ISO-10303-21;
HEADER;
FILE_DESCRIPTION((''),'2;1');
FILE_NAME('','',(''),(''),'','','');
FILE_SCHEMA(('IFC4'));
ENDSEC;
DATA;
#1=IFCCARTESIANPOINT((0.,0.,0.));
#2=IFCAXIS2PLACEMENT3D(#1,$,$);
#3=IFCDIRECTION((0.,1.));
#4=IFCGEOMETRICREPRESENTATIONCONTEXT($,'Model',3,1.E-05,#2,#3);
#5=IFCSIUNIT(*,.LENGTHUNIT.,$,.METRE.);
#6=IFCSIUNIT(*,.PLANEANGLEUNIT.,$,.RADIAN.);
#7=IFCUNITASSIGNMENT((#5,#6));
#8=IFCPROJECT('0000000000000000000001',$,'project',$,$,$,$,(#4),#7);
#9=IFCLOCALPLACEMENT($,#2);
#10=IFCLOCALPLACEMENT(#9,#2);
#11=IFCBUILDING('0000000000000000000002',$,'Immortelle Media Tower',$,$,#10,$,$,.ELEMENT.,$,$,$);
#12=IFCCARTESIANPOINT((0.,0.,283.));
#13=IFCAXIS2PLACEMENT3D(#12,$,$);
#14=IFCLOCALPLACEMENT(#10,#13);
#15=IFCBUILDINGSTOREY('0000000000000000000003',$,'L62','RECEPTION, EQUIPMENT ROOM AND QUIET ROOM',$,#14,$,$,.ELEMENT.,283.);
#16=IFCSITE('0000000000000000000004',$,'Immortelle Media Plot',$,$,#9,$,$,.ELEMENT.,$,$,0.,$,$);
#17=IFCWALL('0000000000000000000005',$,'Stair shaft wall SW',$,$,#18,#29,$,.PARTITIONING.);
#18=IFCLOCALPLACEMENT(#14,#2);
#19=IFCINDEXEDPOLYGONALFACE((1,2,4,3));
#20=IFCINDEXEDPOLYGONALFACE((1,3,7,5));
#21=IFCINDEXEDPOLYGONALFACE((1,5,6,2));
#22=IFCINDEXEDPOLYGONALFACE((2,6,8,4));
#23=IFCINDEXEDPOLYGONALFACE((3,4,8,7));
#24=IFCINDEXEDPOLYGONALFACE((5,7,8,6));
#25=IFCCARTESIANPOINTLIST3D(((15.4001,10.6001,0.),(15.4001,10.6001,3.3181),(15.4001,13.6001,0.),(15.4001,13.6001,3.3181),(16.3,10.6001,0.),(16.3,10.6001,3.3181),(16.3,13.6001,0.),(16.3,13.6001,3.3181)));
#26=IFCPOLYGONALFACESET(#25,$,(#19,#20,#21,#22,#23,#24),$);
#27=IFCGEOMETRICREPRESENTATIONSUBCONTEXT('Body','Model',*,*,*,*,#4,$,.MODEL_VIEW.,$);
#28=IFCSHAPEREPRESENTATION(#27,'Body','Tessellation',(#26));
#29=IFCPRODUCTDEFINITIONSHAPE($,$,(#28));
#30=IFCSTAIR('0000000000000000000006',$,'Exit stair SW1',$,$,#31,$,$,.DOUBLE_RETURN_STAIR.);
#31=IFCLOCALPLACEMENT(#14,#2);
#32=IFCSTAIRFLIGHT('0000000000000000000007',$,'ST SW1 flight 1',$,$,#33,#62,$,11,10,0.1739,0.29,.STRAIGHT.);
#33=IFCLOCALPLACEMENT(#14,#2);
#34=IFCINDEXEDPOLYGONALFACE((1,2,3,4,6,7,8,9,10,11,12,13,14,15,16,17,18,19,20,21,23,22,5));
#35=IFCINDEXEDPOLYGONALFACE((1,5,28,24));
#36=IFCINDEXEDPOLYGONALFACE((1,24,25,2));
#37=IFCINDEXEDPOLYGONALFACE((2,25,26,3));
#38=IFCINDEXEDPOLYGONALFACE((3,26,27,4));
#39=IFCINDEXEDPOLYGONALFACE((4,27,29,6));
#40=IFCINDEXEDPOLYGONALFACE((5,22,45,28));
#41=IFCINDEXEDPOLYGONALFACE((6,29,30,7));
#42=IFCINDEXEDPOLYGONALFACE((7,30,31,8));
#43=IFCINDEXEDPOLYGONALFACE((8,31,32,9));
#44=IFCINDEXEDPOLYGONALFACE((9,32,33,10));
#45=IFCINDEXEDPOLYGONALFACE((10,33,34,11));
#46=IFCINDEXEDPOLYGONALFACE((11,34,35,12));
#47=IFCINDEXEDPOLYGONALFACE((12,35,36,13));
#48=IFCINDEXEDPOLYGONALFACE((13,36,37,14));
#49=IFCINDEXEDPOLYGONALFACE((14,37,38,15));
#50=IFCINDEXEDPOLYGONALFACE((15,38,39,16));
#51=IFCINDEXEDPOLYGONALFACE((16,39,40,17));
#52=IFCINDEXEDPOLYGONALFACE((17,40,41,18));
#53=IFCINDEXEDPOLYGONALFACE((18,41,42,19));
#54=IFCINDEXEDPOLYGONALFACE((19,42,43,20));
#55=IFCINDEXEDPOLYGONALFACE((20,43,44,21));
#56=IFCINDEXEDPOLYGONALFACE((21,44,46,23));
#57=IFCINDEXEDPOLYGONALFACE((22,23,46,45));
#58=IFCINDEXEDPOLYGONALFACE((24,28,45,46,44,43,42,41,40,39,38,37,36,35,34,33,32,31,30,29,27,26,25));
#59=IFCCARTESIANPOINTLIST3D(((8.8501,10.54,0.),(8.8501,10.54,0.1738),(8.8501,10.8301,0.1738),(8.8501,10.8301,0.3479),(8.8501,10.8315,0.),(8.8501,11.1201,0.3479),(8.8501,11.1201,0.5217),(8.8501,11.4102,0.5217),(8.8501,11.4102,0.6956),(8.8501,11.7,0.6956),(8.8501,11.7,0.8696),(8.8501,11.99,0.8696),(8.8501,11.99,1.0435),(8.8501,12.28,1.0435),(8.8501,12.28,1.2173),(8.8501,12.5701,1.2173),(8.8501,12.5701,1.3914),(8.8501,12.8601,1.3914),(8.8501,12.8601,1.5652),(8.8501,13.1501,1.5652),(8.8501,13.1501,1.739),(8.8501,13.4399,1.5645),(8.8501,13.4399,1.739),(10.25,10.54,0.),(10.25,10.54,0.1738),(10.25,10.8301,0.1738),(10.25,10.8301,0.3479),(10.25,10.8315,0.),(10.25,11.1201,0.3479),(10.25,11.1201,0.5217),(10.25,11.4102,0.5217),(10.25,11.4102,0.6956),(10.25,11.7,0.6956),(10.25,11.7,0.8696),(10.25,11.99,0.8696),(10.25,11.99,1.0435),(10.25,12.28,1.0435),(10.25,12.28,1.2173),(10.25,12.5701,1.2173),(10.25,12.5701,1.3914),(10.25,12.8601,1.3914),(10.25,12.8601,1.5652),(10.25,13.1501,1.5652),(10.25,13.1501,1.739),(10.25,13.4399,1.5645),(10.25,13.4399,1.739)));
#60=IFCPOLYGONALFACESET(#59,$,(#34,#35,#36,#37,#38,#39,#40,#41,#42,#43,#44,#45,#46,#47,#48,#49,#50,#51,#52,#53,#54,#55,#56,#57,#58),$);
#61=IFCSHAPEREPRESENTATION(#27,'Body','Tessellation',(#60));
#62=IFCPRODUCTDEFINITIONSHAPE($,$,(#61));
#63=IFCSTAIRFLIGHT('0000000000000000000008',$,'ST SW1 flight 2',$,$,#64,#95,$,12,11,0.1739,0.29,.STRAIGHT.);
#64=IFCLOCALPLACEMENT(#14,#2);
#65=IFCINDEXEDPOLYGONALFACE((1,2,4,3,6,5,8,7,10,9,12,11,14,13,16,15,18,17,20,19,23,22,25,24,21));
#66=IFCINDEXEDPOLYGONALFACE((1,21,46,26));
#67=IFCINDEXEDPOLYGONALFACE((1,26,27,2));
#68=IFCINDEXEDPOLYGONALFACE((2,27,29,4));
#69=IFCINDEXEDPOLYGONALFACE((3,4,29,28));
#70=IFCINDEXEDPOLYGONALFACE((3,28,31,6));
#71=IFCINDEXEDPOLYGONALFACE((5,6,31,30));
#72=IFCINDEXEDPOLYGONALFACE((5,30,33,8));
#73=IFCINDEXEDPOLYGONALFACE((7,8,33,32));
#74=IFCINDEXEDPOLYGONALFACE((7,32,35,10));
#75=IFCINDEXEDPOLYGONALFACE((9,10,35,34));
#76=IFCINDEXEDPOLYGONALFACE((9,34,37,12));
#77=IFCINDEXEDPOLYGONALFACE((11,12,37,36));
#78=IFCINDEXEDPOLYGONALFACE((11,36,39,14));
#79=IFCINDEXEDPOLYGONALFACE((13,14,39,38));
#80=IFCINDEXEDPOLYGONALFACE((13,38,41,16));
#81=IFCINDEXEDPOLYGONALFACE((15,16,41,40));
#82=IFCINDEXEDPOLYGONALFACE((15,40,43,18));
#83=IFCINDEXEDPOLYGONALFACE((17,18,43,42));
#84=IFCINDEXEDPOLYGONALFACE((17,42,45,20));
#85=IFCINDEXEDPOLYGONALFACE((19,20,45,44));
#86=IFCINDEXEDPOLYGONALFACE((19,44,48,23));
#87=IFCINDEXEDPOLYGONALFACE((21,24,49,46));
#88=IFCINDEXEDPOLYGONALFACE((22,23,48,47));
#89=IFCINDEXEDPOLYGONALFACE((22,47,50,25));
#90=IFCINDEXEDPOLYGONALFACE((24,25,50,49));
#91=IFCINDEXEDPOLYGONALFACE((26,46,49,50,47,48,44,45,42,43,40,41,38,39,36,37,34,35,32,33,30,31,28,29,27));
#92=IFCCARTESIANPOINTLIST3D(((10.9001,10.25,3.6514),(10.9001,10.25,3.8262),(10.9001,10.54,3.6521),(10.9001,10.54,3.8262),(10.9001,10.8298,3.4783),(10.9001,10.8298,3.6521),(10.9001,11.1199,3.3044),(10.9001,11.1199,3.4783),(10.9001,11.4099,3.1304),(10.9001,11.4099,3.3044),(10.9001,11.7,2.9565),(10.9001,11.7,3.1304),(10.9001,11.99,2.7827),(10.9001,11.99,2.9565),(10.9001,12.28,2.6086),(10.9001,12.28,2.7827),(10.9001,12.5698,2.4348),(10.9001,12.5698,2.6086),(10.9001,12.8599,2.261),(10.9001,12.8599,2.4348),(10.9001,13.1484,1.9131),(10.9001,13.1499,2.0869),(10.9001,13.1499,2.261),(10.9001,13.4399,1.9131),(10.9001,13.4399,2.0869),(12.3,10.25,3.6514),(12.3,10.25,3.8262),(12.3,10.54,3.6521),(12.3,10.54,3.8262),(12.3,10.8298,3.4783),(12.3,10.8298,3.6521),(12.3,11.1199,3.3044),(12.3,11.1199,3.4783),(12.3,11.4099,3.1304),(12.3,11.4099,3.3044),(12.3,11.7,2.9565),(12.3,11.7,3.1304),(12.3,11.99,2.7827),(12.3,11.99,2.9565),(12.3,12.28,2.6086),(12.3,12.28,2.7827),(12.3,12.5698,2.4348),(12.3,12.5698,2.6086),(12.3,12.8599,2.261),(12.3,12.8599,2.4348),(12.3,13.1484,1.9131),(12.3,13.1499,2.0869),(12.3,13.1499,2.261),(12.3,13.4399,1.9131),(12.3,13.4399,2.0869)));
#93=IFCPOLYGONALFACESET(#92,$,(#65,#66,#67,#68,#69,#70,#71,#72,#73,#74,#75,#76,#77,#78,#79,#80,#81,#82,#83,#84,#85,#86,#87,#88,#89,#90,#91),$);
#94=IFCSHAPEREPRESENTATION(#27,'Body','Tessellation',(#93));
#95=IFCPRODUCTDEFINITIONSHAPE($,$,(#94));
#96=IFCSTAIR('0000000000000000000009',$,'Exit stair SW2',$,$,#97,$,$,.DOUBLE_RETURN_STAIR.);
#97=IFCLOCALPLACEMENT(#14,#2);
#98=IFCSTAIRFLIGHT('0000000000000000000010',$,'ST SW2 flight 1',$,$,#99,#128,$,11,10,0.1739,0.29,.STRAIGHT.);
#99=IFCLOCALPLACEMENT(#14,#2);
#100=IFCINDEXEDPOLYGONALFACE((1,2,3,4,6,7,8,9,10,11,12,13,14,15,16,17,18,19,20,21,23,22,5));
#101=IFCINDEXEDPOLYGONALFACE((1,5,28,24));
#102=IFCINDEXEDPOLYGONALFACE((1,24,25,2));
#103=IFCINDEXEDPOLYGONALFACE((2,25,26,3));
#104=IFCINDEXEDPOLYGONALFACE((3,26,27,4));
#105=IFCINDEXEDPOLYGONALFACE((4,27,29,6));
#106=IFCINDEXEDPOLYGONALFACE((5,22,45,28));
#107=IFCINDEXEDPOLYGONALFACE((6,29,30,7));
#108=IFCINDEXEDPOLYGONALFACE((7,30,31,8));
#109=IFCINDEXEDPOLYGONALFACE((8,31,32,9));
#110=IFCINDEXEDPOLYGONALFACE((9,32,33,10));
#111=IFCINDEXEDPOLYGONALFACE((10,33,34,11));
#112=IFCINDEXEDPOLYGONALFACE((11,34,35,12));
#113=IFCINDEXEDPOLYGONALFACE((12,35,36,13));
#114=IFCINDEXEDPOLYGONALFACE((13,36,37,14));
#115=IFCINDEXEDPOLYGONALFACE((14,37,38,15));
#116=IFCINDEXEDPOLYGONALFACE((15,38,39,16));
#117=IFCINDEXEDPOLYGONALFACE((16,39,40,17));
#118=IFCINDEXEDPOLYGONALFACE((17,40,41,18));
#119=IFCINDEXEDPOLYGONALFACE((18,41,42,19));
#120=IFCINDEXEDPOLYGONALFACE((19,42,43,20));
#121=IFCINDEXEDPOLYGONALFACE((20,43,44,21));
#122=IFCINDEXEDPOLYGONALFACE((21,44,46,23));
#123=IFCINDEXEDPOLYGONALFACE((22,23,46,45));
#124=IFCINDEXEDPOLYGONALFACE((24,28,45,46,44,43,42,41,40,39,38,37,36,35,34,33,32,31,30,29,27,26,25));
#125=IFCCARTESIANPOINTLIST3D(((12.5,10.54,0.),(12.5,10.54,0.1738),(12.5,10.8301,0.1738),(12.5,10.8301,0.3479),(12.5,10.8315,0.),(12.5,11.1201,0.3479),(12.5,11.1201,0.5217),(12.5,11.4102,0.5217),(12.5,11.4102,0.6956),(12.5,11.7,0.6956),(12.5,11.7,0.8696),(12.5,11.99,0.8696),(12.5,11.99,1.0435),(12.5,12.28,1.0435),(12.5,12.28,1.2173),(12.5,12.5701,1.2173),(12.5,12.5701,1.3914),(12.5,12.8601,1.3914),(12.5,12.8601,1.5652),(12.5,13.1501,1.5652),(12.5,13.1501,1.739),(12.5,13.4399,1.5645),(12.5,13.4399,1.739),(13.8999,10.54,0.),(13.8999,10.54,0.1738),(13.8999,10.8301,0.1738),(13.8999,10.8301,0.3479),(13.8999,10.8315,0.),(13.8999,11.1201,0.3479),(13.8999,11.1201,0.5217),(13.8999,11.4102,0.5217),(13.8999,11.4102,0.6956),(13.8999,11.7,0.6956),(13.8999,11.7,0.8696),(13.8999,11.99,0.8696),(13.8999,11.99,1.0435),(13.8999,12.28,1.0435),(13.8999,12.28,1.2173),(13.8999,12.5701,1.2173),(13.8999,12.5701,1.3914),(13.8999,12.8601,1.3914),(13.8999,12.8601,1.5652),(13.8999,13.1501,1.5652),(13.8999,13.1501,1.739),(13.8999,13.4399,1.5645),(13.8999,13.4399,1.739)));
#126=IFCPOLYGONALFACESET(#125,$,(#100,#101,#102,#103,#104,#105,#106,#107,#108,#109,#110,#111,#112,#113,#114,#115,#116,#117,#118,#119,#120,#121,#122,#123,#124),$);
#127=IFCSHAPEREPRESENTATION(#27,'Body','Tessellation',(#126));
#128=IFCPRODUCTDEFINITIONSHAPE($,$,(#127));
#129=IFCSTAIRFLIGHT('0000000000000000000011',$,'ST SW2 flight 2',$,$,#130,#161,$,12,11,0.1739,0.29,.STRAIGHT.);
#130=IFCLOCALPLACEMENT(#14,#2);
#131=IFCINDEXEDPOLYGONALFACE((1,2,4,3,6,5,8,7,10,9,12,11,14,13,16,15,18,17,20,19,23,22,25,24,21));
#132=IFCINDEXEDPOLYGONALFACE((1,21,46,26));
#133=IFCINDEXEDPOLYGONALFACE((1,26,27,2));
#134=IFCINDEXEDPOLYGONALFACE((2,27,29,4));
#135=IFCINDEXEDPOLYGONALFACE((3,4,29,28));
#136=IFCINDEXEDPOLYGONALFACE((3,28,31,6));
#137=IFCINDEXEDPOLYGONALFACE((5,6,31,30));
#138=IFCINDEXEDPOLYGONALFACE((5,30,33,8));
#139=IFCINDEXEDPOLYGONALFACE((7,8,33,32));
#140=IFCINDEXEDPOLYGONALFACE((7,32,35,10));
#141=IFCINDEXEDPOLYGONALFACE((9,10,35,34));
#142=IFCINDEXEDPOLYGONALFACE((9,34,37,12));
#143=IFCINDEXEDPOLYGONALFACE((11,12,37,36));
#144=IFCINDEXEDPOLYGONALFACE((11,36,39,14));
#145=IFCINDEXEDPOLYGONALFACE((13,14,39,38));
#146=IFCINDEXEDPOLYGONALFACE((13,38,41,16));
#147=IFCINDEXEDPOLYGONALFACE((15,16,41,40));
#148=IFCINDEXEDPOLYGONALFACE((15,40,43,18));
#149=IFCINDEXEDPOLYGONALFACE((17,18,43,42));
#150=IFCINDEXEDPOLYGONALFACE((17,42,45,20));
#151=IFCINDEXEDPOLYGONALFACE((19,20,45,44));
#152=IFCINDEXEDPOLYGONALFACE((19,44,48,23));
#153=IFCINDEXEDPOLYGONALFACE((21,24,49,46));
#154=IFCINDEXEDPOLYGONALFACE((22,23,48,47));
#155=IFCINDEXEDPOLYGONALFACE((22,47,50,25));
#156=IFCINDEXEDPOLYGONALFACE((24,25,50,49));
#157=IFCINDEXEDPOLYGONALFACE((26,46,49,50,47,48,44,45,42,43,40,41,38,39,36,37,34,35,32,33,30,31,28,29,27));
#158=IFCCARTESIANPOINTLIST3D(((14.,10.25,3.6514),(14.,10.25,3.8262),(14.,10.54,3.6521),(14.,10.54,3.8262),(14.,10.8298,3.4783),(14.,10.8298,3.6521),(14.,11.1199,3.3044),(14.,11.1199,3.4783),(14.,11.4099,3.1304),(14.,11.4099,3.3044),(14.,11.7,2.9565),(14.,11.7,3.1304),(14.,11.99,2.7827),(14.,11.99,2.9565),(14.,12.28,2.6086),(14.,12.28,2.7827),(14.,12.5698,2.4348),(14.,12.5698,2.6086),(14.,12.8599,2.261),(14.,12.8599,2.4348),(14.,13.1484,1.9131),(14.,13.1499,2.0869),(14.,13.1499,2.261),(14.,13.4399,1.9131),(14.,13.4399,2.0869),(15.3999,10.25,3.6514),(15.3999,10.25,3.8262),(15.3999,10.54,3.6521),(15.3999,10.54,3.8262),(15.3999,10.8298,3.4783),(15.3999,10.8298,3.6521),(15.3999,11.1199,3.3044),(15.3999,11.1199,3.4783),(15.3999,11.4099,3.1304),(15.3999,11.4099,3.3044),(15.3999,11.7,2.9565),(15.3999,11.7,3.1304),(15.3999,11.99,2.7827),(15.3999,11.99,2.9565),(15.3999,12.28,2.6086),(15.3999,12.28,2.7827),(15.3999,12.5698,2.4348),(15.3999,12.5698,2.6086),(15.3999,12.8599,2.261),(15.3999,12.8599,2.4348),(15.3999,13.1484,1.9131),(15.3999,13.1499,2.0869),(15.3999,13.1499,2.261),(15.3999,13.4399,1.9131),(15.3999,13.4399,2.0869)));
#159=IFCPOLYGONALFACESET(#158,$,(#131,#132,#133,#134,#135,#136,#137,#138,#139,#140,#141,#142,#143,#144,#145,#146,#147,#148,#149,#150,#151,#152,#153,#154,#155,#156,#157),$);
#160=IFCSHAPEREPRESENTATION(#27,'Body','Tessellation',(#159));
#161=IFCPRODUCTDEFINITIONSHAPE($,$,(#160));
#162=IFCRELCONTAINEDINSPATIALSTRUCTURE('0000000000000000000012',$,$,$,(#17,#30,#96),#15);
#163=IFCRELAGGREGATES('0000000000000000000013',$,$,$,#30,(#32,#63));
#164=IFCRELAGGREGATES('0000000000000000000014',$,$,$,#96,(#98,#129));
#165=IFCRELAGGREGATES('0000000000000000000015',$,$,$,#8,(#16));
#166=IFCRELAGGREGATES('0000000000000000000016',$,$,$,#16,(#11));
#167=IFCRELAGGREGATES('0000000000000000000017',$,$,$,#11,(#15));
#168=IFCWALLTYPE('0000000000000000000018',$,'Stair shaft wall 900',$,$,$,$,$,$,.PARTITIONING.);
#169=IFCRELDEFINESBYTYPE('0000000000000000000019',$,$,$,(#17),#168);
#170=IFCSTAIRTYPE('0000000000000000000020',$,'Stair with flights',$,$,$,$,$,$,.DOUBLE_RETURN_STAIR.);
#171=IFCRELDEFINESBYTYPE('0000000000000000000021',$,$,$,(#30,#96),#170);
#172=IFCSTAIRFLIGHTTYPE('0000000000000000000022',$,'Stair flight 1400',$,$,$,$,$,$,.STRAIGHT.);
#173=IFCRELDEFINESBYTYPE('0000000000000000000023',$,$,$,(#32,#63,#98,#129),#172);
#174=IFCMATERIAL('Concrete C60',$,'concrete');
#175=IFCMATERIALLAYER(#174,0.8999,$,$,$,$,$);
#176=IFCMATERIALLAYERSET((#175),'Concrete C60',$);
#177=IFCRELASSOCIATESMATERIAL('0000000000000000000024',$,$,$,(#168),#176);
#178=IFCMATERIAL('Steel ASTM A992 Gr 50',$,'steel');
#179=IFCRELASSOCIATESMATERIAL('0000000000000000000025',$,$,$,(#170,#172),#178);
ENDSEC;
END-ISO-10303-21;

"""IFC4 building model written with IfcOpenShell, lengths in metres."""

from ifc_helpers import new_model, si_unit, direction, frame, frame_2d, origin, place, context, subcontext, project, spatial, polyline, rectangle, outline, extrude, material, layer, layer_set, type_object, element, aggregate, save


model = new_model("IFC4")

# Units and contexts
model_context = context("Model", 3, precision=1e-05, world=origin(), true_north=direction((0.0, 1.0)))
body_context = subcontext(model_context, "Body", "Model", "MODEL_VIEW")
ifc_project = project(units=[si_unit("LENGTHUNIT", "METRE"), si_unit("PLANEANGLEUNIT", "RADIAN")], contexts=[model_context])

# Site, building, storey
site_placement = place(None, origin())
site = spatial("IfcSite", under=ifc_project, at=site_placement, Name="Immortelle Media Plot", CompositionType="ELEMENT", RefElevation=0.0)
building_placement = place(site_placement, origin())
building = spatial("IfcBuilding", under=site, at=building_placement, Name="Immortelle Media Tower", CompositionType="ELEMENT")
storey_placement = place(building_placement, frame((0.0, 0.0, 283.0)))
storey = spatial("IfcBuildingStorey", under=building, at=storey_placement, Name="L62", Description="RECEPTION, EQUIPMENT ROOM AND QUIET ROOM", CompositionType="ELEMENT", Elevation=283.0)

# Shared definitions
ifc_material_1 = material(Name="Steel ASTM A992 Gr 50", Category="steel")

# Shared definitions
ifc_material_2 = material(Name="Concrete C60", Category="concrete")

# Shared definitions
ifc_layer_1 = layer(ifc_material_2, 0.8999)
ifc_layer_set_1 = layer_set([ifc_layer_1], Name="Concrete C60")
wall_type_1 = type_object("IfcWallType", Name="Stair shaft wall 900", PredefinedType="PARTITIONING", material=ifc_layer_set_1)

# Wall
wall_1_placement = place(storey_placement, frame((15.8501, 10.6001, 0.0), z_axis=(0.0, 0.0, 1.0), x_axis=(0.0, 1.0, 0.0)))
element("IfcWall", 1, at=wall_1_placement, inside=storey, type_object=wall_type_1, Name="Stair shaft wall SW", PredefinedType="PARTITIONING", context=body_context, shape_type="SweptSolid", body=[
    extrude(rectangle(XDim=3.0, YDim=0.8999, at=frame_2d((1.5, 0.0))), origin(), (0.0, 0.0, 1.0), 3.3181),
])

# Stairs, stair flights
stair_type = type_object("IfcStairType", Name="Stair with flights", PredefinedType="DOUBLE_RETURN_STAIR", material=ifc_material_1)
stair_1_placement = place(storey_placement, origin())
stair_1 = element("IfcStair", 2, at=stair_1_placement, inside=storey, type_object=stair_type, Name="Exit stair SW1", PredefinedType="DOUBLE_RETURN_STAIR")
stair_flight_type = type_object("IfcStairFlightType", Name="Stair flight 1400", PredefinedType="STRAIGHT", material=ifc_material_1)
stair_flight_1_placement = place(storey_placement, frame((9.55, 10.54, 0.0), z_axis=(0.0, 0.0, 1.0), x_axis=(0.0, 1.0, 0.0)))
stair_flight_1 = element("IfcStairFlight", 3, at=stair_flight_1_placement, type_object=stair_flight_type, Name="ST SW1 flight 1", NumberOfRisers=11, NumberOfTreads=10, PredefinedType="STRAIGHT", RiserHeight=0.1739, TreadLength=0.29, context=body_context, shape_type="SweptSolid", body=[
    extrude(outline(polyline([(0.0, 0.0), (0.0, 0.1738), (0.29, 0.1738), (0.29, 0.3479), (0.5801, 0.3479), (0.5801, 0.5217), (0.8701, 0.5217), (0.8701, 0.6956), (1.1599, 0.6956), (1.1599, 0.8696), (1.45, 0.8696), (1.45, 1.0435), (1.74, 1.0435), (1.74, 1.2173), (2.03, 1.2173), (2.03, 1.3914), (2.3201, 1.3914), (2.3201, 1.5652), (2.6101, 1.5652), (2.6101, 1.739), (2.8999, 1.739), (2.8999, 1.9131), (2.8999, 1.5645), (0.2915, 0.0), (0.0, 0.0)])), frame((0.0, 0.7, 0.0), z_axis=(0.0, -1.0, 0.0), x_axis=(1.0, 0.0, 0.0)), (0.0, 0.0, 1.0), 1.3999),
])
stair_flight_2_placement = place(storey_placement, frame((11.6001, 13.4399, 1.9131), z_axis=(0.0, 0.0, 1.0), x_axis=(0.0, -1.0, 0.0)))
stair_flight_2 = element("IfcStairFlight", 4, at=stair_flight_2_placement, type_object=stair_flight_type, Name="ST SW1 flight 2", NumberOfRisers=12, NumberOfTreads=11, PredefinedType="STRAIGHT", RiserHeight=0.1739, TreadLength=0.29, context=body_context, shape_type="SweptSolid", body=[
    extrude(outline(polyline([(0.0, 0.0), (0.0, 0.1738), (0.29, 0.1738), (0.29, 0.3479), (0.5801, 0.3479), (0.5801, 0.5217), (0.8701, 0.5217), (0.8701, 0.6956), (1.1599, 0.6956), (1.1599, 0.8696), (1.45, 0.8696), (1.45, 1.0435), (1.74, 1.0435), (1.74, 1.2173), (2.03, 1.2173), (2.03, 1.3914), (2.3201, 1.3914), (2.3201, 1.5652), (2.6101, 1.5652), (2.6101, 1.739), (2.8999, 1.739), (2.8999, 1.9131), (3.1899, 1.9131), (3.1899, 2.0869), (3.1899, 1.7383), (0.2915, 0.0), (0.0, 0.0)])), frame((0.0, 0.7, 0.0), z_axis=(0.0, -1.0, 0.0), x_axis=(1.0, 0.0, 0.0)), (0.0, 0.0, 1.0), 1.3999),
])
aggregate(stair_1, [stair_flight_1, stair_flight_2])
stair_2_placement = place(storey_placement, origin())
stair_2 = element("IfcStair", 5, at=stair_2_placement, inside=storey, type_object=stair_type, Name="Exit stair SW2", PredefinedType="DOUBLE_RETURN_STAIR")
stair_flight_3_placement = place(storey_placement, frame((13.2, 10.54, 0.0), z_axis=(0.0, 0.0, 1.0), x_axis=(0.0, 1.0, 0.0)))
stair_flight_3 = element("IfcStairFlight", 6, at=stair_flight_3_placement, type_object=stair_flight_type, Name="ST SW2 flight 1", NumberOfRisers=11, NumberOfTreads=10, PredefinedType="STRAIGHT", RiserHeight=0.1739, TreadLength=0.29, context=body_context, shape_type="SweptSolid", body=[
    extrude(outline(polyline([(0.0, 0.0), (0.0, 0.1738), (0.29, 0.1738), (0.29, 0.3479), (0.5801, 0.3479), (0.5801, 0.5217), (0.8701, 0.5217), (0.8701, 0.6956), (1.1599, 0.6956), (1.1599, 0.8696), (1.45, 0.8696), (1.45, 1.0435), (1.74, 1.0435), (1.74, 1.2173), (2.03, 1.2173), (2.03, 1.3914), (2.3201, 1.3914), (2.3201, 1.5652), (2.6101, 1.5652), (2.6101, 1.739), (2.8999, 1.739), (2.8999, 1.9131), (2.8999, 1.5645), (0.2915, 0.0), (0.0, 0.0)])), frame((0.0, 0.7, 0.0), z_axis=(0.0, -1.0, 0.0), x_axis=(1.0, 0.0, 0.0)), (0.0, 0.0, 1.0), 1.3999),
])
stair_flight_4_placement = place(storey_placement, frame((14.7, 13.4399, 1.9131), z_axis=(0.0, 0.0, 1.0), x_axis=(0.0, -1.0, 0.0)))
stair_flight_4 = element("IfcStairFlight", 7, at=stair_flight_4_placement, type_object=stair_flight_type, Name="ST SW2 flight 2", NumberOfRisers=12, NumberOfTreads=11, PredefinedType="STRAIGHT", RiserHeight=0.1739, TreadLength=0.29, context=body_context, shape_type="SweptSolid", body=[
    extrude(outline(polyline([(0.0, 0.0), (0.0, 0.1738), (0.29, 0.1738), (0.29, 0.3479), (0.5801, 0.3479), (0.5801, 0.5217), (0.8701, 0.5217), (0.8701, 0.6956), (1.1599, 0.6956), (1.1599, 0.8696), (1.45, 0.8696), (1.45, 1.0435), (1.74, 1.0435), (1.74, 1.2173), (2.03, 1.2173), (2.03, 1.3914), (2.3201, 1.3914), (2.3201, 1.5652), (2.6101, 1.5652), (2.6101, 1.739), (2.8999, 1.739), (2.8999, 1.9131), (3.1899, 1.9131), (3.1899, 2.0869), (3.1899, 1.7383), (0.2915, 0.0), (0.0, 0.0)])), frame((0.0, 0.7, 0.0), z_axis=(0.0, -1.0, 0.0), x_axis=(1.0, 0.0, 0.0)), (0.0, 0.0, 1.0), 1.3999),
])
aggregate(stair_2, [stair_flight_3, stair_flight_4])

save(model, "model.ifc")
